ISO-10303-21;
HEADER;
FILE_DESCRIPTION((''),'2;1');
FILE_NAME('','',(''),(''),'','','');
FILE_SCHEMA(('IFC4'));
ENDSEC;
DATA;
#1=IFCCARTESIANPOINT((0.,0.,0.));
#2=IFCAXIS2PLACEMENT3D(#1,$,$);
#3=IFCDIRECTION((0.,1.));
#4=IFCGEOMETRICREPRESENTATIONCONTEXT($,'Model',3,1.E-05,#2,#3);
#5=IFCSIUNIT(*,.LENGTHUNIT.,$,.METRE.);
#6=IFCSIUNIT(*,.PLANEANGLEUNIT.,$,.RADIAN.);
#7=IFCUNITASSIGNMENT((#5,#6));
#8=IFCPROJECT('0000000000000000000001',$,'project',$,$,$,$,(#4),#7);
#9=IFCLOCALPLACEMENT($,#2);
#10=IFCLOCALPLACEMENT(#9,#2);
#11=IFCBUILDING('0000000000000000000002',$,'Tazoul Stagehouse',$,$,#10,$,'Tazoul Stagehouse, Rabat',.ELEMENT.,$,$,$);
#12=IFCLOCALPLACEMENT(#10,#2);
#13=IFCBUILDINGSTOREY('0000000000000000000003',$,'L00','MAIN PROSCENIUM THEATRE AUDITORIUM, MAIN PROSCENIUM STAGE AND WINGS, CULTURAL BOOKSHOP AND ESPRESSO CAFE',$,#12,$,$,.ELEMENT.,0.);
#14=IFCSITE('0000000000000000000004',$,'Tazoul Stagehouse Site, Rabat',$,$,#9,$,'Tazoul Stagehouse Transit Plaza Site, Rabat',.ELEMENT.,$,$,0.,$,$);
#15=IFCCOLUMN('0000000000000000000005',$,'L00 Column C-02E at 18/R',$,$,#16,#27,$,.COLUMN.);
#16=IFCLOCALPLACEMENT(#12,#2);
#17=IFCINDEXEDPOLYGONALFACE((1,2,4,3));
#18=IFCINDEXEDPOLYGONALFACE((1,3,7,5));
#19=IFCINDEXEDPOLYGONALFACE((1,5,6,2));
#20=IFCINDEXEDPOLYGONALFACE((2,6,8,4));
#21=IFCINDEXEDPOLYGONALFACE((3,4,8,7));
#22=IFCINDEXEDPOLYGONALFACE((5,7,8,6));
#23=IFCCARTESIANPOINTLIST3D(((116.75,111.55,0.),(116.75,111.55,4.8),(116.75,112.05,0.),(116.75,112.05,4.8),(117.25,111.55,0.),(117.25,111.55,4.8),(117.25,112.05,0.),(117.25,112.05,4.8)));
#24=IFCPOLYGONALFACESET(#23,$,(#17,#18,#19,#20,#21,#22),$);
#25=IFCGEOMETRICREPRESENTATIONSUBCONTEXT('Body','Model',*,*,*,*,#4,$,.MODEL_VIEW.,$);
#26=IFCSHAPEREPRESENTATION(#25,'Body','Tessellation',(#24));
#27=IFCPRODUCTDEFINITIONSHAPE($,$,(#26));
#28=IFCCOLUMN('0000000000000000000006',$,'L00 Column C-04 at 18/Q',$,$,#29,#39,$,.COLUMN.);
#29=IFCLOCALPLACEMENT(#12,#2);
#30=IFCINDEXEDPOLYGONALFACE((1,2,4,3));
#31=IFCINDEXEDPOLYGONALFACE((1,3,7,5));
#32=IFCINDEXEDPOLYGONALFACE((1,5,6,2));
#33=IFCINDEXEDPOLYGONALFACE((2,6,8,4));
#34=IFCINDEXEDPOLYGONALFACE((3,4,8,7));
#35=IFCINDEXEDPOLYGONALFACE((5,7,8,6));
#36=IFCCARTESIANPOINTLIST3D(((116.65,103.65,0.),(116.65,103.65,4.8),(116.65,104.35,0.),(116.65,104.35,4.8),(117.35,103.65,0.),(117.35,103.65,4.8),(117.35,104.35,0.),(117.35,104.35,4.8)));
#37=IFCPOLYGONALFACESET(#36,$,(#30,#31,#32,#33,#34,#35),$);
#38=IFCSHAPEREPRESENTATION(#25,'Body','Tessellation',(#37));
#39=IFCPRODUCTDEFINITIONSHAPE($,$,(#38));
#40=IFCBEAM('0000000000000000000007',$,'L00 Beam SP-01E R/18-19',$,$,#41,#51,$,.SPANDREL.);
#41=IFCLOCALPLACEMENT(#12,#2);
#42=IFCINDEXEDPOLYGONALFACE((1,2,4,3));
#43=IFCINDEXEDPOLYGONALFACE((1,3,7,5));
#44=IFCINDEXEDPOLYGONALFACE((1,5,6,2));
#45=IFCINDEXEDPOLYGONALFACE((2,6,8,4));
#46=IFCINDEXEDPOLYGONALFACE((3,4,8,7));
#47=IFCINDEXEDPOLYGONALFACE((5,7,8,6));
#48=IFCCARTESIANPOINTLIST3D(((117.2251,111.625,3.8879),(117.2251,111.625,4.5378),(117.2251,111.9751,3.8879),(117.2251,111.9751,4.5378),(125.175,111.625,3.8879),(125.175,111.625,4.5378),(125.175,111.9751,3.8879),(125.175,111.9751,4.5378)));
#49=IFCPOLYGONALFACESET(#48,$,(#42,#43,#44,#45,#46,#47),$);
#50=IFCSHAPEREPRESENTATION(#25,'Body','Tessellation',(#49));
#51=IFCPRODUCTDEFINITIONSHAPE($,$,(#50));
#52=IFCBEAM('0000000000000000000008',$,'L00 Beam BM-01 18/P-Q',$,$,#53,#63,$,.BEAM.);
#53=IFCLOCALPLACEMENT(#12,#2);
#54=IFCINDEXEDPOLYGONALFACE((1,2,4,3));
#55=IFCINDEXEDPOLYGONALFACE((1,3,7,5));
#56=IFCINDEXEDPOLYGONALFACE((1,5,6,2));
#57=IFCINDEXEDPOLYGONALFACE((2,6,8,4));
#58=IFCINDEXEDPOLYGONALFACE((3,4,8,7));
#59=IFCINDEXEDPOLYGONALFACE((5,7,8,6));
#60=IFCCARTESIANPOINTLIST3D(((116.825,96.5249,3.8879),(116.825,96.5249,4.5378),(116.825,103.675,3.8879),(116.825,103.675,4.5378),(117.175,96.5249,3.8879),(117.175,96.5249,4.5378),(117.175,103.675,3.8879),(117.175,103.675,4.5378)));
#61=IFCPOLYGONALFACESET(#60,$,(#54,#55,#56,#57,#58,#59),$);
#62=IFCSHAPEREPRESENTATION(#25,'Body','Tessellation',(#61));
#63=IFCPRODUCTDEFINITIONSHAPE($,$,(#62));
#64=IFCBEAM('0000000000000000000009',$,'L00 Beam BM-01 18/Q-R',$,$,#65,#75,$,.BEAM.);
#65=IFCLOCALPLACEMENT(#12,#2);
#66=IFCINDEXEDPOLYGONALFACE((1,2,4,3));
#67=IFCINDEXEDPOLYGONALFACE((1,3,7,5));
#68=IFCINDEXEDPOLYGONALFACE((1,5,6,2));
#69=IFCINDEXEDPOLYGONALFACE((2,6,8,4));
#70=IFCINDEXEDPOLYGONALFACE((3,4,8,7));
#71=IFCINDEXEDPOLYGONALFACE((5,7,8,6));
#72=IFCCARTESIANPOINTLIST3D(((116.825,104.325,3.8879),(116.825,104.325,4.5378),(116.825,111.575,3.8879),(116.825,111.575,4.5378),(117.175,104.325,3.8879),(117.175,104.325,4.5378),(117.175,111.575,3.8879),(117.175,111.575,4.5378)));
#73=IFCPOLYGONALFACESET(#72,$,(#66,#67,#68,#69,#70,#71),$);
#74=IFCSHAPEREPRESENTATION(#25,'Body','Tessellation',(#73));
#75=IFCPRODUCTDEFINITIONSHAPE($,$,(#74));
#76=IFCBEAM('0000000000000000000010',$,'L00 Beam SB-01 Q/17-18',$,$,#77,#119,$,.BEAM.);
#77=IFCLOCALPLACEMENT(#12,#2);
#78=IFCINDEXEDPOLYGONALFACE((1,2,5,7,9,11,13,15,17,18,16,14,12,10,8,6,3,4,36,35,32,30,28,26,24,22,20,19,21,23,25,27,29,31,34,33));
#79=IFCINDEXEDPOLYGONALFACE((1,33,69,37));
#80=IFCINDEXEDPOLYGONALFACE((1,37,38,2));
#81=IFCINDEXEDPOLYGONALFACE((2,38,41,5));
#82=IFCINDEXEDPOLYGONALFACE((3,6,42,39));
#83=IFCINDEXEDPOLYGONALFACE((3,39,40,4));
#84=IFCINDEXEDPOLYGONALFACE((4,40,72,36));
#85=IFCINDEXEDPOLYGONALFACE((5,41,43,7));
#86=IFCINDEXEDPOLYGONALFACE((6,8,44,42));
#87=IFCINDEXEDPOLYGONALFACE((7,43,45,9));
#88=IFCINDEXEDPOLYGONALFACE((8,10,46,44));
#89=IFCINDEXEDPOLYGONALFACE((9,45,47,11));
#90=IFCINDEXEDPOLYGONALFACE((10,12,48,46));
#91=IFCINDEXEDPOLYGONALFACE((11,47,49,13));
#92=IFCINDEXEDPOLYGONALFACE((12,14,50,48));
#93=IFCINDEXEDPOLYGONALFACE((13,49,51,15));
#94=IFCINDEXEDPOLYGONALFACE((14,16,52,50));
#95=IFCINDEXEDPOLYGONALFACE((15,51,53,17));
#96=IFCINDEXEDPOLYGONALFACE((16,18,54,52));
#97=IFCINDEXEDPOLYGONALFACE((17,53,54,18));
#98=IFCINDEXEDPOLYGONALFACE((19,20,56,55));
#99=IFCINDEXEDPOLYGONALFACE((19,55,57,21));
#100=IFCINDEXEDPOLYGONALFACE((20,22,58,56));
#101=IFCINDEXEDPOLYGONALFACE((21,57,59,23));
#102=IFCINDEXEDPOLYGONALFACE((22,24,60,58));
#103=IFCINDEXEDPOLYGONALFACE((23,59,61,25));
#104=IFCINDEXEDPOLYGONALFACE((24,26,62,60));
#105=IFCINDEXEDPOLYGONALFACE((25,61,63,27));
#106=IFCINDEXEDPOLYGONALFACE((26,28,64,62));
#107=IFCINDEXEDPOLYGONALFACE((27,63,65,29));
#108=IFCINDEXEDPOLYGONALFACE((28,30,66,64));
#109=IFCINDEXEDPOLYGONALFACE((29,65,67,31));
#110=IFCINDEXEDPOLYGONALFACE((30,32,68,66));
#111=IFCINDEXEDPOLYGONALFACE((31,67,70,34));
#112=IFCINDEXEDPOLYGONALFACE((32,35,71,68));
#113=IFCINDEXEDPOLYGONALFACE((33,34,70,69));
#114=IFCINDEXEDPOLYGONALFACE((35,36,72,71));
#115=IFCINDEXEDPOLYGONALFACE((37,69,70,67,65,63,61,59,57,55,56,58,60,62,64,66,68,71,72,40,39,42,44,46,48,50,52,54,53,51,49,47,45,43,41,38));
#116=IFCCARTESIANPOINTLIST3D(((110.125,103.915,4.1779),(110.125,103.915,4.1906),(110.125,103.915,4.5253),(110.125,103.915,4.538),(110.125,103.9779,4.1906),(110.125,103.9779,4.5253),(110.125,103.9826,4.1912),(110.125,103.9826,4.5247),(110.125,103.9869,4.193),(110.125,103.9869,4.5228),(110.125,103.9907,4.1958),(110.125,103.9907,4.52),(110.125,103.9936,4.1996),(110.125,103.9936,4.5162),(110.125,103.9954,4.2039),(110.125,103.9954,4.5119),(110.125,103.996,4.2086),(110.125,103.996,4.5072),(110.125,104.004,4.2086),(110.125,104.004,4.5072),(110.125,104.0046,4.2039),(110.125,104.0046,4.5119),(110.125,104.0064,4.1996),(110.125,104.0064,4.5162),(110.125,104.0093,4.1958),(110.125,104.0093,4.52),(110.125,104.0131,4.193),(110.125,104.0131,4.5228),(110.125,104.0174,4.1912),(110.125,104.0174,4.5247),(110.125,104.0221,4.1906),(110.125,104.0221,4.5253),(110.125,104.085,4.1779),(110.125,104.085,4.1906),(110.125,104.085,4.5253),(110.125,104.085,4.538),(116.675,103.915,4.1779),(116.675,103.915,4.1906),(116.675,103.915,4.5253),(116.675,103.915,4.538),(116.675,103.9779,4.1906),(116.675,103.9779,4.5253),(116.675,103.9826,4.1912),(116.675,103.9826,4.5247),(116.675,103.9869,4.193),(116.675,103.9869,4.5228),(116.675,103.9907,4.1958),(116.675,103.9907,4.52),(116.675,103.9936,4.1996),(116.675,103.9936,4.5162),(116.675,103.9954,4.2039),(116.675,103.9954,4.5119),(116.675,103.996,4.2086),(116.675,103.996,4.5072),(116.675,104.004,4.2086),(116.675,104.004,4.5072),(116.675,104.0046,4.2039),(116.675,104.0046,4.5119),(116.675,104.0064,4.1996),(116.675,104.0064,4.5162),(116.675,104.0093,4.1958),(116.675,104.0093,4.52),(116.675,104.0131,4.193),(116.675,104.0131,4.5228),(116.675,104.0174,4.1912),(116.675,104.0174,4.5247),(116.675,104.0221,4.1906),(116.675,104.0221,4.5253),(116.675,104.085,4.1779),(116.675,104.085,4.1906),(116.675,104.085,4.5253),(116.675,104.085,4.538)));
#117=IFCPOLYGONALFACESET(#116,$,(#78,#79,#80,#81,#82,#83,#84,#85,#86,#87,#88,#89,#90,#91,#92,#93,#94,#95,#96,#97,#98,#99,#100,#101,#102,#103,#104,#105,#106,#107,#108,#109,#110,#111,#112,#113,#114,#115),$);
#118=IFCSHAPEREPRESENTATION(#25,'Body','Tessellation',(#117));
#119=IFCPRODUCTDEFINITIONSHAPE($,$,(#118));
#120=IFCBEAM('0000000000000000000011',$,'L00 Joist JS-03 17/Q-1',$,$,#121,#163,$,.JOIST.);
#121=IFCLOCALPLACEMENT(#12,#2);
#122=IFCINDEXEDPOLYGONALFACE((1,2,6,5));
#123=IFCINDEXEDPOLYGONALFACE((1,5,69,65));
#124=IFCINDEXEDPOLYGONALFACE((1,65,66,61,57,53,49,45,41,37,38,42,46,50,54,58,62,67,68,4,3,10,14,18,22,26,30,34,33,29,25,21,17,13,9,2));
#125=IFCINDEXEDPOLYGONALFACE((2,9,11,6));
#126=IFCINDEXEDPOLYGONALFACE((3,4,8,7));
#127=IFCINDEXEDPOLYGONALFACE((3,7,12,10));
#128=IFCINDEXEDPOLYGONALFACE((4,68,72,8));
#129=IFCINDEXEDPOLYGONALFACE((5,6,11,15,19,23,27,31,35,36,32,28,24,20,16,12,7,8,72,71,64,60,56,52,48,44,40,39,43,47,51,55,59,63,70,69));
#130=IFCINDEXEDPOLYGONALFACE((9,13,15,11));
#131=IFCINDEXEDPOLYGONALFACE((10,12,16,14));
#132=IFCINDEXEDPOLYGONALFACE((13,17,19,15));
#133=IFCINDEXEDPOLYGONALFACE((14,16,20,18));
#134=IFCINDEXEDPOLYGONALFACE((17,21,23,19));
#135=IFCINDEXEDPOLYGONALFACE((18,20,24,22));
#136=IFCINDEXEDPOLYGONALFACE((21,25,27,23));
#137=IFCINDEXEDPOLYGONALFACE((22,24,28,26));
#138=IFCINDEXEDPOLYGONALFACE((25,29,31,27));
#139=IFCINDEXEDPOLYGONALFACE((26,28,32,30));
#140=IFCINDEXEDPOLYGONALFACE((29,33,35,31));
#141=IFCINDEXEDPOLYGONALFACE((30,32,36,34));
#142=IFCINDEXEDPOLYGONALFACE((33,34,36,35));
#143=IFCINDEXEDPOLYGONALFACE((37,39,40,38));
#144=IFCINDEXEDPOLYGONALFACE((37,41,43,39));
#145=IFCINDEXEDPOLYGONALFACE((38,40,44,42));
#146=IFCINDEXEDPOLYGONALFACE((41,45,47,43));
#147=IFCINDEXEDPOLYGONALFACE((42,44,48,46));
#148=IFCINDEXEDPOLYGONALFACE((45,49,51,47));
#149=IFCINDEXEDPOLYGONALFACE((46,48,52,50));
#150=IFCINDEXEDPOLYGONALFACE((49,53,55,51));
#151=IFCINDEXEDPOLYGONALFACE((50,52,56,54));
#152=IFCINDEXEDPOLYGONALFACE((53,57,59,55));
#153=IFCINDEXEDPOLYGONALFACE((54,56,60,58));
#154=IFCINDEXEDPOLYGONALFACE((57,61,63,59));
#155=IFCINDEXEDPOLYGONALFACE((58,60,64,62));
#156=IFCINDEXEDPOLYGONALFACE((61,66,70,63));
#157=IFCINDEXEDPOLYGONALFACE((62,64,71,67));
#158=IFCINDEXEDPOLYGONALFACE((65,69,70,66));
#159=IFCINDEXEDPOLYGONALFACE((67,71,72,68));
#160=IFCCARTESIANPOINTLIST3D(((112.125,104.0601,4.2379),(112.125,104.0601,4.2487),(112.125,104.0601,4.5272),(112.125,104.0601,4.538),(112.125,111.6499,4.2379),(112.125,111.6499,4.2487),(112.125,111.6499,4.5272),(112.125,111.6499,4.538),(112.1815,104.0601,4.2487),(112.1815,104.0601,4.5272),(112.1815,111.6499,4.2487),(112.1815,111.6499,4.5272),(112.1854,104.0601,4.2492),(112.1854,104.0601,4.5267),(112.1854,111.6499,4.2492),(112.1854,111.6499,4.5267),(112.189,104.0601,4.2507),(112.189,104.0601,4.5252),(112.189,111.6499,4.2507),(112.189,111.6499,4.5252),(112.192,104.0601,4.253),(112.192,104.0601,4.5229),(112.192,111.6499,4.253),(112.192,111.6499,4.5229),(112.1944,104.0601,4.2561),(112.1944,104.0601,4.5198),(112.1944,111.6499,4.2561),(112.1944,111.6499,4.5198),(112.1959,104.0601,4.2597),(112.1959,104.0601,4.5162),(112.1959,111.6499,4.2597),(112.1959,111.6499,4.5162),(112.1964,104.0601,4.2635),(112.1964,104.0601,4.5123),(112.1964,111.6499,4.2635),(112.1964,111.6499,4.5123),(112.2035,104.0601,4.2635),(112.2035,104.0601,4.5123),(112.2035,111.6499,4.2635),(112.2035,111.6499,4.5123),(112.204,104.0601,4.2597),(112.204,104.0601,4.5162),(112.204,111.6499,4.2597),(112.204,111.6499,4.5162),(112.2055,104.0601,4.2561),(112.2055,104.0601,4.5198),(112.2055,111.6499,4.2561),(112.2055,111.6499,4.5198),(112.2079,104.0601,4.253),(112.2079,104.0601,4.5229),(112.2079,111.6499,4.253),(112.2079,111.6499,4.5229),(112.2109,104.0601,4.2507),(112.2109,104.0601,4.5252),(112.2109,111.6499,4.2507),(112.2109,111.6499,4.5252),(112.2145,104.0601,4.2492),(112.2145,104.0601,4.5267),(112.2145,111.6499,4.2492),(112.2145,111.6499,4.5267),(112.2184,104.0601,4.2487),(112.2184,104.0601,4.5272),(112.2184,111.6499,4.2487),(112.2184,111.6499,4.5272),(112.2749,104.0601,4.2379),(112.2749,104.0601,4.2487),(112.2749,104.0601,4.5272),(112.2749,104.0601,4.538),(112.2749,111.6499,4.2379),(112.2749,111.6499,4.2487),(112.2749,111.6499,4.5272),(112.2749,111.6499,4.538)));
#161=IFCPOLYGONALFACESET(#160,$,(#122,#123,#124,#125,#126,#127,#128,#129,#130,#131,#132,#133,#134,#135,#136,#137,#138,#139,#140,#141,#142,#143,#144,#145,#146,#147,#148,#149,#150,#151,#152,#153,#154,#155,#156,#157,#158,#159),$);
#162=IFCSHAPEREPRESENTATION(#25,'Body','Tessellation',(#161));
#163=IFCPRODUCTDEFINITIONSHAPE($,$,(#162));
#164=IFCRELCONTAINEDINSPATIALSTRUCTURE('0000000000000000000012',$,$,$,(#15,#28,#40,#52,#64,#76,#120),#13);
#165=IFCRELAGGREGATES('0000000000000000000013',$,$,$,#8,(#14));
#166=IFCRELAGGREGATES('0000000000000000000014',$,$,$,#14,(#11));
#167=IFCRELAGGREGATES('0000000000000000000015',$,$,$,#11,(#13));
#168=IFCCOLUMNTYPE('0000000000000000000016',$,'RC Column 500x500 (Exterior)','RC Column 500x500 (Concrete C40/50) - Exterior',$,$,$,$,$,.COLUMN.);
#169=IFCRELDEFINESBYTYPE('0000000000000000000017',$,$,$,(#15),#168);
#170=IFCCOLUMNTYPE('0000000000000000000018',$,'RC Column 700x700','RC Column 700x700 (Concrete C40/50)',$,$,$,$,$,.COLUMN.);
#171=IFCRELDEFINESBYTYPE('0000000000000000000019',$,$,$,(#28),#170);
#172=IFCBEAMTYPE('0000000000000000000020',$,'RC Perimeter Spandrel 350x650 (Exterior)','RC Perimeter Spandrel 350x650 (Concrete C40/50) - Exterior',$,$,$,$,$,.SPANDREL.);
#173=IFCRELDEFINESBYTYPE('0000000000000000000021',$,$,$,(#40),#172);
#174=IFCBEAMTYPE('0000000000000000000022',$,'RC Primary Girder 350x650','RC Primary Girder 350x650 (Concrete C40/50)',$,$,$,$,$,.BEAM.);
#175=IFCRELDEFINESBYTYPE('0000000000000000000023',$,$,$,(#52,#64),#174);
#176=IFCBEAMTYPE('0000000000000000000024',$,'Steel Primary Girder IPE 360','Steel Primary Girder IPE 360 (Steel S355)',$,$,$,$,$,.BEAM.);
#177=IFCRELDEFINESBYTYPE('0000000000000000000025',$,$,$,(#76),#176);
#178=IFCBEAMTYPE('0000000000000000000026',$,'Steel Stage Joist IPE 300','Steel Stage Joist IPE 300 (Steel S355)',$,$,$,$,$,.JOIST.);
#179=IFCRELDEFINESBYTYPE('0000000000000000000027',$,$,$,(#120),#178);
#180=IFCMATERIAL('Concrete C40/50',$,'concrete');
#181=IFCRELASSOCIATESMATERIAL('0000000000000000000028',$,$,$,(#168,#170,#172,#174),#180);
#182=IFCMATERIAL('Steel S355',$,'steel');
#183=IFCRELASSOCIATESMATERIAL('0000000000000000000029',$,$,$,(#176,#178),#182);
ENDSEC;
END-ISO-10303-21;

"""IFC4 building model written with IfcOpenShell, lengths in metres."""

from ifc_helpers import new_model, si_unit, direction, frame, origin, origin_2d, place, context, subcontext, project, spatial, rectangle, i_section, extrude, material, material_profile, profile_set, type_object, element, save


model = new_model("IFC4")

# Units and contexts
model_context = context("Model", 3, precision=1e-05, world=origin(), true_north=direction((0.0, 1.0)))
body_context = subcontext(model_context, "Body", "Model", "MODEL_VIEW")
ifc_project = project(units=[si_unit("LENGTHUNIT", "METRE"), si_unit("PLANEANGLEUNIT", "RADIAN")], contexts=[model_context])

# Site, building, storey
site_placement = place(None, origin())
site = spatial("IfcSite", under=ifc_project, at=site_placement, Name="Tazoul Stagehouse Site, Rabat", LongName="Tazoul Stagehouse Transit Plaza Site, Rabat", CompositionType="ELEMENT", RefElevation=0.0)
building_placement = place(site_placement, origin())
building = spatial("IfcBuilding", under=site, at=building_placement, Name="Tazoul Stagehouse", LongName="Tazoul Stagehouse, Rabat", CompositionType="ELEMENT")
storey_placement = place(building_placement, origin())
storey = spatial("IfcBuildingStorey", under=building, at=storey_placement, Name="L00", Description="MAIN PROSCENIUM THEATRE AUDITORIUM, MAIN PROSCENIUM STAGE AND WINGS, CULTURAL BOOKSHOP AND ESPRESSO CAFE", CompositionType="ELEMENT", Elevation=0.0)

# Columns
ifc_material_1 = material(Name="Concrete C40/50", Category="concrete")
ifc_material_profile_1 = material_profile(ifc_material_1, rectangle(XDim=0.5, YDim=0.5, at=origin_2d()), Name="RC 500x500")
ifc_profile_set_1 = profile_set([ifc_material_profile_1], Name="Concrete C40/50")
column_type_1 = type_object("IfcColumnType", Name="RC Column 500x500 (Exterior)", Description="RC Column 500x500 (Concrete C40/50) - Exterior", PredefinedType="COLUMN", material=ifc_profile_set_1)
column_1_placement = place(storey_placement, frame((117.0, 111.8, 0.0), z_axis=(0.0, 0.0, 1.0), x_axis=(1.0, 0.0, 0.0)))
element("IfcColumn", 1, at=column_1_placement, inside=storey, type_object=column_type_1, Name="L00 Column C-02E at 18/R", PredefinedType="COLUMN", context=body_context, shape_type="SweptSolid", body=[
    extrude(rectangle(XDim=0.5, YDim=0.5, at=origin_2d()), origin(), (0.0, 0.0, 1.0), 4.8),
])
ifc_material_profile_2 = material_profile(ifc_material_1, rectangle(XDim=0.7, YDim=0.7, at=origin_2d()), Name="RC 700x700")
ifc_profile_set_2 = profile_set([ifc_material_profile_2], Name="Concrete C40/50")
column_type_2 = type_object("IfcColumnType", Name="RC Column 700x700", Description="RC Column 700x700 (Concrete C40/50)", PredefinedType="COLUMN", material=ifc_profile_set_2)
column_2_placement = place(storey_placement, frame((117.0, 104.0, 0.0), z_axis=(0.0, 0.0, 1.0), x_axis=(1.0, 0.0, 0.0)))
element("IfcColumn", 2, at=column_2_placement, inside=storey, type_object=column_type_2, Name="L00 Column C-04 at 18/Q", PredefinedType="COLUMN", context=body_context, shape_type="SweptSolid", body=[
    extrude(rectangle(XDim=0.7, YDim=0.7, at=origin_2d()), origin(), (0.0, 0.0, 1.0), 4.8),
])

# Beams
ifc_material_profile_3 = material_profile(ifc_material_1, rectangle(XDim=0.3501, YDim=0.6499, at=origin_2d()), Name="RC 350x650")
ifc_profile_set_3 = profile_set([ifc_material_profile_3], Name="Concrete C40/50")
beam_type_1 = type_object("IfcBeamType", Name="RC Perimeter Spandrel 350x650 (Exterior)", Description="RC Perimeter Spandrel 350x650 (Concrete C40/50) - Exterior", PredefinedType="SPANDREL", material=ifc_profile_set_3)
beam_1_placement = place(storey_placement, frame((117.2251, 111.8, 4.2129), z_axis=(1.0, 0.0, 0.0), x_axis=(0.0, 1.0, 0.0)))
element("IfcBeam", 3, at=beam_1_placement, inside=storey, type_object=beam_type_1, Name="L00 Beam SP-01E R/18-19", PredefinedType="SPANDREL", context=body_context, shape_type="SweptSolid", body=[
    extrude(rectangle(XDim=0.3501, YDim=0.6499, at=origin_2d()), origin(), (0.0, 0.0, 1.0), 7.95),
])
ifc_material_profile_4 = material_profile(ifc_material_1, rectangle(XDim=0.3501, YDim=0.6499, at=origin_2d()), Name="RC 350x650")
ifc_profile_set_4 = profile_set([ifc_material_profile_4], Name="Concrete C40/50")
beam_type_2 = type_object("IfcBeamType", Name="RC Primary Girder 350x650", Description="RC Primary Girder 350x650 (Concrete C40/50)", PredefinedType="BEAM", material=ifc_profile_set_4)
beam_2_placement = place(storey_placement, frame((117.0, 96.5249, 4.2129), z_axis=(0.0, 1.0, 0.0), x_axis=(-1.0, 0.0, 0.0)))
element("IfcBeam", 4, at=beam_2_placement, inside=storey, type_object=beam_type_2, Name="L00 Beam BM-01 18/P-Q", PredefinedType="BEAM", context=body_context, shape_type="SweptSolid", body=[
    extrude(rectangle(XDim=0.3501, YDim=0.6499, at=origin_2d()), origin(), (0.0, 0.0, 1.0), 7.1501),
])
beam_3_placement = place(storey_placement, frame((117.0, 104.325, 4.2129), z_axis=(0.0, 1.0, 0.0), x_axis=(-1.0, 0.0, 0.0)))
element("IfcBeam", 5, at=beam_3_placement, inside=storey, type_object=beam_type_2, Name="L00 Beam BM-01 18/Q-R", PredefinedType="BEAM", context=body_context, shape_type="SweptSolid", body=[
    extrude(rectangle(XDim=0.3501, YDim=0.6499, at=origin_2d()), origin(), (0.0, 0.0, 1.0), 7.25),
])
ifc_material_2 = material(Name="Steel S355", Category="steel")
ifc_material_profile_5 = material_profile(ifc_material_2, i_section(OverallWidth=0.1699, OverallDepth=0.3601, WebThickness=0.0081, FlangeThickness=0.0127, FilletRadius=0.0181, at=origin_2d()), Name="IPE 360")
ifc_profile_set_5 = profile_set([ifc_material_profile_5], Name="Steel S355")
beam_type_3 = type_object("IfcBeamType", Name="Steel Primary Girder IPE 360", Description="Steel Primary Girder IPE 360 (Steel S355)", PredefinedType="BEAM", material=ifc_profile_set_5)
beam_4_placement = place(storey_placement, frame((110.125, 104.0, 4.3579), z_axis=(1.0, 0.0, 0.0), x_axis=(0.0, 1.0, 0.0)))
element("IfcBeam", 6, at=beam_4_placement, inside=storey, type_object=beam_type_3, Name="L00 Beam SB-01 Q/17-18", PredefinedType="BEAM", context=body_context, shape_type="SweptSolid", body=[
    extrude(i_section(OverallWidth=0.1699, OverallDepth=0.3601, WebThickness=0.0081, FlangeThickness=0.0127, FilletRadius=0.0181, at=origin_2d()), origin(), (0.0, 0.0, 1.0), 6.55),
])
ifc_material_profile_6 = material_profile(ifc_material_2, i_section(OverallWidth=0.1499, OverallDepth=0.3, WebThickness=0.0071, FlangeThickness=0.0107, FilletRadius=0.0149, at=origin_2d()), Name="IPE 300")
ifc_profile_set_6 = profile_set([ifc_material_profile_6], Name="Steel S355")
beam_type_4 = type_object("IfcBeamType", Name="Steel Stage Joist IPE 300", Description="Steel Stage Joist IPE 300 (Steel S355)", PredefinedType="JOIST", material=ifc_profile_set_6)
for number, where, z_axis, x_axis, name in (
    (7, (112.2, 104.0601, 4.3879), (0.0, 1.0, 0.0), (-1.0, 0.0, 0.0), "L00 Joist JS-03 17/Q-1"),
):
    element("IfcBeam", number, at=place(storey_placement, frame(where, z_axis=z_axis, x_axis=x_axis)), inside=storey, type_object=beam_type_4, Name=name, PredefinedType="JOIST", context=body_context, shape_type="SweptSolid", body=[
        extrude(i_section(OverallWidth=0.1499, OverallDepth=0.3, WebThickness=0.0071, FlangeThickness=0.0107, FilletRadius=0.0149, at=origin_2d()), origin(), (0.0, 0.0, 1.0), 7.5898),
    ])

save(model, "model.ifc")
